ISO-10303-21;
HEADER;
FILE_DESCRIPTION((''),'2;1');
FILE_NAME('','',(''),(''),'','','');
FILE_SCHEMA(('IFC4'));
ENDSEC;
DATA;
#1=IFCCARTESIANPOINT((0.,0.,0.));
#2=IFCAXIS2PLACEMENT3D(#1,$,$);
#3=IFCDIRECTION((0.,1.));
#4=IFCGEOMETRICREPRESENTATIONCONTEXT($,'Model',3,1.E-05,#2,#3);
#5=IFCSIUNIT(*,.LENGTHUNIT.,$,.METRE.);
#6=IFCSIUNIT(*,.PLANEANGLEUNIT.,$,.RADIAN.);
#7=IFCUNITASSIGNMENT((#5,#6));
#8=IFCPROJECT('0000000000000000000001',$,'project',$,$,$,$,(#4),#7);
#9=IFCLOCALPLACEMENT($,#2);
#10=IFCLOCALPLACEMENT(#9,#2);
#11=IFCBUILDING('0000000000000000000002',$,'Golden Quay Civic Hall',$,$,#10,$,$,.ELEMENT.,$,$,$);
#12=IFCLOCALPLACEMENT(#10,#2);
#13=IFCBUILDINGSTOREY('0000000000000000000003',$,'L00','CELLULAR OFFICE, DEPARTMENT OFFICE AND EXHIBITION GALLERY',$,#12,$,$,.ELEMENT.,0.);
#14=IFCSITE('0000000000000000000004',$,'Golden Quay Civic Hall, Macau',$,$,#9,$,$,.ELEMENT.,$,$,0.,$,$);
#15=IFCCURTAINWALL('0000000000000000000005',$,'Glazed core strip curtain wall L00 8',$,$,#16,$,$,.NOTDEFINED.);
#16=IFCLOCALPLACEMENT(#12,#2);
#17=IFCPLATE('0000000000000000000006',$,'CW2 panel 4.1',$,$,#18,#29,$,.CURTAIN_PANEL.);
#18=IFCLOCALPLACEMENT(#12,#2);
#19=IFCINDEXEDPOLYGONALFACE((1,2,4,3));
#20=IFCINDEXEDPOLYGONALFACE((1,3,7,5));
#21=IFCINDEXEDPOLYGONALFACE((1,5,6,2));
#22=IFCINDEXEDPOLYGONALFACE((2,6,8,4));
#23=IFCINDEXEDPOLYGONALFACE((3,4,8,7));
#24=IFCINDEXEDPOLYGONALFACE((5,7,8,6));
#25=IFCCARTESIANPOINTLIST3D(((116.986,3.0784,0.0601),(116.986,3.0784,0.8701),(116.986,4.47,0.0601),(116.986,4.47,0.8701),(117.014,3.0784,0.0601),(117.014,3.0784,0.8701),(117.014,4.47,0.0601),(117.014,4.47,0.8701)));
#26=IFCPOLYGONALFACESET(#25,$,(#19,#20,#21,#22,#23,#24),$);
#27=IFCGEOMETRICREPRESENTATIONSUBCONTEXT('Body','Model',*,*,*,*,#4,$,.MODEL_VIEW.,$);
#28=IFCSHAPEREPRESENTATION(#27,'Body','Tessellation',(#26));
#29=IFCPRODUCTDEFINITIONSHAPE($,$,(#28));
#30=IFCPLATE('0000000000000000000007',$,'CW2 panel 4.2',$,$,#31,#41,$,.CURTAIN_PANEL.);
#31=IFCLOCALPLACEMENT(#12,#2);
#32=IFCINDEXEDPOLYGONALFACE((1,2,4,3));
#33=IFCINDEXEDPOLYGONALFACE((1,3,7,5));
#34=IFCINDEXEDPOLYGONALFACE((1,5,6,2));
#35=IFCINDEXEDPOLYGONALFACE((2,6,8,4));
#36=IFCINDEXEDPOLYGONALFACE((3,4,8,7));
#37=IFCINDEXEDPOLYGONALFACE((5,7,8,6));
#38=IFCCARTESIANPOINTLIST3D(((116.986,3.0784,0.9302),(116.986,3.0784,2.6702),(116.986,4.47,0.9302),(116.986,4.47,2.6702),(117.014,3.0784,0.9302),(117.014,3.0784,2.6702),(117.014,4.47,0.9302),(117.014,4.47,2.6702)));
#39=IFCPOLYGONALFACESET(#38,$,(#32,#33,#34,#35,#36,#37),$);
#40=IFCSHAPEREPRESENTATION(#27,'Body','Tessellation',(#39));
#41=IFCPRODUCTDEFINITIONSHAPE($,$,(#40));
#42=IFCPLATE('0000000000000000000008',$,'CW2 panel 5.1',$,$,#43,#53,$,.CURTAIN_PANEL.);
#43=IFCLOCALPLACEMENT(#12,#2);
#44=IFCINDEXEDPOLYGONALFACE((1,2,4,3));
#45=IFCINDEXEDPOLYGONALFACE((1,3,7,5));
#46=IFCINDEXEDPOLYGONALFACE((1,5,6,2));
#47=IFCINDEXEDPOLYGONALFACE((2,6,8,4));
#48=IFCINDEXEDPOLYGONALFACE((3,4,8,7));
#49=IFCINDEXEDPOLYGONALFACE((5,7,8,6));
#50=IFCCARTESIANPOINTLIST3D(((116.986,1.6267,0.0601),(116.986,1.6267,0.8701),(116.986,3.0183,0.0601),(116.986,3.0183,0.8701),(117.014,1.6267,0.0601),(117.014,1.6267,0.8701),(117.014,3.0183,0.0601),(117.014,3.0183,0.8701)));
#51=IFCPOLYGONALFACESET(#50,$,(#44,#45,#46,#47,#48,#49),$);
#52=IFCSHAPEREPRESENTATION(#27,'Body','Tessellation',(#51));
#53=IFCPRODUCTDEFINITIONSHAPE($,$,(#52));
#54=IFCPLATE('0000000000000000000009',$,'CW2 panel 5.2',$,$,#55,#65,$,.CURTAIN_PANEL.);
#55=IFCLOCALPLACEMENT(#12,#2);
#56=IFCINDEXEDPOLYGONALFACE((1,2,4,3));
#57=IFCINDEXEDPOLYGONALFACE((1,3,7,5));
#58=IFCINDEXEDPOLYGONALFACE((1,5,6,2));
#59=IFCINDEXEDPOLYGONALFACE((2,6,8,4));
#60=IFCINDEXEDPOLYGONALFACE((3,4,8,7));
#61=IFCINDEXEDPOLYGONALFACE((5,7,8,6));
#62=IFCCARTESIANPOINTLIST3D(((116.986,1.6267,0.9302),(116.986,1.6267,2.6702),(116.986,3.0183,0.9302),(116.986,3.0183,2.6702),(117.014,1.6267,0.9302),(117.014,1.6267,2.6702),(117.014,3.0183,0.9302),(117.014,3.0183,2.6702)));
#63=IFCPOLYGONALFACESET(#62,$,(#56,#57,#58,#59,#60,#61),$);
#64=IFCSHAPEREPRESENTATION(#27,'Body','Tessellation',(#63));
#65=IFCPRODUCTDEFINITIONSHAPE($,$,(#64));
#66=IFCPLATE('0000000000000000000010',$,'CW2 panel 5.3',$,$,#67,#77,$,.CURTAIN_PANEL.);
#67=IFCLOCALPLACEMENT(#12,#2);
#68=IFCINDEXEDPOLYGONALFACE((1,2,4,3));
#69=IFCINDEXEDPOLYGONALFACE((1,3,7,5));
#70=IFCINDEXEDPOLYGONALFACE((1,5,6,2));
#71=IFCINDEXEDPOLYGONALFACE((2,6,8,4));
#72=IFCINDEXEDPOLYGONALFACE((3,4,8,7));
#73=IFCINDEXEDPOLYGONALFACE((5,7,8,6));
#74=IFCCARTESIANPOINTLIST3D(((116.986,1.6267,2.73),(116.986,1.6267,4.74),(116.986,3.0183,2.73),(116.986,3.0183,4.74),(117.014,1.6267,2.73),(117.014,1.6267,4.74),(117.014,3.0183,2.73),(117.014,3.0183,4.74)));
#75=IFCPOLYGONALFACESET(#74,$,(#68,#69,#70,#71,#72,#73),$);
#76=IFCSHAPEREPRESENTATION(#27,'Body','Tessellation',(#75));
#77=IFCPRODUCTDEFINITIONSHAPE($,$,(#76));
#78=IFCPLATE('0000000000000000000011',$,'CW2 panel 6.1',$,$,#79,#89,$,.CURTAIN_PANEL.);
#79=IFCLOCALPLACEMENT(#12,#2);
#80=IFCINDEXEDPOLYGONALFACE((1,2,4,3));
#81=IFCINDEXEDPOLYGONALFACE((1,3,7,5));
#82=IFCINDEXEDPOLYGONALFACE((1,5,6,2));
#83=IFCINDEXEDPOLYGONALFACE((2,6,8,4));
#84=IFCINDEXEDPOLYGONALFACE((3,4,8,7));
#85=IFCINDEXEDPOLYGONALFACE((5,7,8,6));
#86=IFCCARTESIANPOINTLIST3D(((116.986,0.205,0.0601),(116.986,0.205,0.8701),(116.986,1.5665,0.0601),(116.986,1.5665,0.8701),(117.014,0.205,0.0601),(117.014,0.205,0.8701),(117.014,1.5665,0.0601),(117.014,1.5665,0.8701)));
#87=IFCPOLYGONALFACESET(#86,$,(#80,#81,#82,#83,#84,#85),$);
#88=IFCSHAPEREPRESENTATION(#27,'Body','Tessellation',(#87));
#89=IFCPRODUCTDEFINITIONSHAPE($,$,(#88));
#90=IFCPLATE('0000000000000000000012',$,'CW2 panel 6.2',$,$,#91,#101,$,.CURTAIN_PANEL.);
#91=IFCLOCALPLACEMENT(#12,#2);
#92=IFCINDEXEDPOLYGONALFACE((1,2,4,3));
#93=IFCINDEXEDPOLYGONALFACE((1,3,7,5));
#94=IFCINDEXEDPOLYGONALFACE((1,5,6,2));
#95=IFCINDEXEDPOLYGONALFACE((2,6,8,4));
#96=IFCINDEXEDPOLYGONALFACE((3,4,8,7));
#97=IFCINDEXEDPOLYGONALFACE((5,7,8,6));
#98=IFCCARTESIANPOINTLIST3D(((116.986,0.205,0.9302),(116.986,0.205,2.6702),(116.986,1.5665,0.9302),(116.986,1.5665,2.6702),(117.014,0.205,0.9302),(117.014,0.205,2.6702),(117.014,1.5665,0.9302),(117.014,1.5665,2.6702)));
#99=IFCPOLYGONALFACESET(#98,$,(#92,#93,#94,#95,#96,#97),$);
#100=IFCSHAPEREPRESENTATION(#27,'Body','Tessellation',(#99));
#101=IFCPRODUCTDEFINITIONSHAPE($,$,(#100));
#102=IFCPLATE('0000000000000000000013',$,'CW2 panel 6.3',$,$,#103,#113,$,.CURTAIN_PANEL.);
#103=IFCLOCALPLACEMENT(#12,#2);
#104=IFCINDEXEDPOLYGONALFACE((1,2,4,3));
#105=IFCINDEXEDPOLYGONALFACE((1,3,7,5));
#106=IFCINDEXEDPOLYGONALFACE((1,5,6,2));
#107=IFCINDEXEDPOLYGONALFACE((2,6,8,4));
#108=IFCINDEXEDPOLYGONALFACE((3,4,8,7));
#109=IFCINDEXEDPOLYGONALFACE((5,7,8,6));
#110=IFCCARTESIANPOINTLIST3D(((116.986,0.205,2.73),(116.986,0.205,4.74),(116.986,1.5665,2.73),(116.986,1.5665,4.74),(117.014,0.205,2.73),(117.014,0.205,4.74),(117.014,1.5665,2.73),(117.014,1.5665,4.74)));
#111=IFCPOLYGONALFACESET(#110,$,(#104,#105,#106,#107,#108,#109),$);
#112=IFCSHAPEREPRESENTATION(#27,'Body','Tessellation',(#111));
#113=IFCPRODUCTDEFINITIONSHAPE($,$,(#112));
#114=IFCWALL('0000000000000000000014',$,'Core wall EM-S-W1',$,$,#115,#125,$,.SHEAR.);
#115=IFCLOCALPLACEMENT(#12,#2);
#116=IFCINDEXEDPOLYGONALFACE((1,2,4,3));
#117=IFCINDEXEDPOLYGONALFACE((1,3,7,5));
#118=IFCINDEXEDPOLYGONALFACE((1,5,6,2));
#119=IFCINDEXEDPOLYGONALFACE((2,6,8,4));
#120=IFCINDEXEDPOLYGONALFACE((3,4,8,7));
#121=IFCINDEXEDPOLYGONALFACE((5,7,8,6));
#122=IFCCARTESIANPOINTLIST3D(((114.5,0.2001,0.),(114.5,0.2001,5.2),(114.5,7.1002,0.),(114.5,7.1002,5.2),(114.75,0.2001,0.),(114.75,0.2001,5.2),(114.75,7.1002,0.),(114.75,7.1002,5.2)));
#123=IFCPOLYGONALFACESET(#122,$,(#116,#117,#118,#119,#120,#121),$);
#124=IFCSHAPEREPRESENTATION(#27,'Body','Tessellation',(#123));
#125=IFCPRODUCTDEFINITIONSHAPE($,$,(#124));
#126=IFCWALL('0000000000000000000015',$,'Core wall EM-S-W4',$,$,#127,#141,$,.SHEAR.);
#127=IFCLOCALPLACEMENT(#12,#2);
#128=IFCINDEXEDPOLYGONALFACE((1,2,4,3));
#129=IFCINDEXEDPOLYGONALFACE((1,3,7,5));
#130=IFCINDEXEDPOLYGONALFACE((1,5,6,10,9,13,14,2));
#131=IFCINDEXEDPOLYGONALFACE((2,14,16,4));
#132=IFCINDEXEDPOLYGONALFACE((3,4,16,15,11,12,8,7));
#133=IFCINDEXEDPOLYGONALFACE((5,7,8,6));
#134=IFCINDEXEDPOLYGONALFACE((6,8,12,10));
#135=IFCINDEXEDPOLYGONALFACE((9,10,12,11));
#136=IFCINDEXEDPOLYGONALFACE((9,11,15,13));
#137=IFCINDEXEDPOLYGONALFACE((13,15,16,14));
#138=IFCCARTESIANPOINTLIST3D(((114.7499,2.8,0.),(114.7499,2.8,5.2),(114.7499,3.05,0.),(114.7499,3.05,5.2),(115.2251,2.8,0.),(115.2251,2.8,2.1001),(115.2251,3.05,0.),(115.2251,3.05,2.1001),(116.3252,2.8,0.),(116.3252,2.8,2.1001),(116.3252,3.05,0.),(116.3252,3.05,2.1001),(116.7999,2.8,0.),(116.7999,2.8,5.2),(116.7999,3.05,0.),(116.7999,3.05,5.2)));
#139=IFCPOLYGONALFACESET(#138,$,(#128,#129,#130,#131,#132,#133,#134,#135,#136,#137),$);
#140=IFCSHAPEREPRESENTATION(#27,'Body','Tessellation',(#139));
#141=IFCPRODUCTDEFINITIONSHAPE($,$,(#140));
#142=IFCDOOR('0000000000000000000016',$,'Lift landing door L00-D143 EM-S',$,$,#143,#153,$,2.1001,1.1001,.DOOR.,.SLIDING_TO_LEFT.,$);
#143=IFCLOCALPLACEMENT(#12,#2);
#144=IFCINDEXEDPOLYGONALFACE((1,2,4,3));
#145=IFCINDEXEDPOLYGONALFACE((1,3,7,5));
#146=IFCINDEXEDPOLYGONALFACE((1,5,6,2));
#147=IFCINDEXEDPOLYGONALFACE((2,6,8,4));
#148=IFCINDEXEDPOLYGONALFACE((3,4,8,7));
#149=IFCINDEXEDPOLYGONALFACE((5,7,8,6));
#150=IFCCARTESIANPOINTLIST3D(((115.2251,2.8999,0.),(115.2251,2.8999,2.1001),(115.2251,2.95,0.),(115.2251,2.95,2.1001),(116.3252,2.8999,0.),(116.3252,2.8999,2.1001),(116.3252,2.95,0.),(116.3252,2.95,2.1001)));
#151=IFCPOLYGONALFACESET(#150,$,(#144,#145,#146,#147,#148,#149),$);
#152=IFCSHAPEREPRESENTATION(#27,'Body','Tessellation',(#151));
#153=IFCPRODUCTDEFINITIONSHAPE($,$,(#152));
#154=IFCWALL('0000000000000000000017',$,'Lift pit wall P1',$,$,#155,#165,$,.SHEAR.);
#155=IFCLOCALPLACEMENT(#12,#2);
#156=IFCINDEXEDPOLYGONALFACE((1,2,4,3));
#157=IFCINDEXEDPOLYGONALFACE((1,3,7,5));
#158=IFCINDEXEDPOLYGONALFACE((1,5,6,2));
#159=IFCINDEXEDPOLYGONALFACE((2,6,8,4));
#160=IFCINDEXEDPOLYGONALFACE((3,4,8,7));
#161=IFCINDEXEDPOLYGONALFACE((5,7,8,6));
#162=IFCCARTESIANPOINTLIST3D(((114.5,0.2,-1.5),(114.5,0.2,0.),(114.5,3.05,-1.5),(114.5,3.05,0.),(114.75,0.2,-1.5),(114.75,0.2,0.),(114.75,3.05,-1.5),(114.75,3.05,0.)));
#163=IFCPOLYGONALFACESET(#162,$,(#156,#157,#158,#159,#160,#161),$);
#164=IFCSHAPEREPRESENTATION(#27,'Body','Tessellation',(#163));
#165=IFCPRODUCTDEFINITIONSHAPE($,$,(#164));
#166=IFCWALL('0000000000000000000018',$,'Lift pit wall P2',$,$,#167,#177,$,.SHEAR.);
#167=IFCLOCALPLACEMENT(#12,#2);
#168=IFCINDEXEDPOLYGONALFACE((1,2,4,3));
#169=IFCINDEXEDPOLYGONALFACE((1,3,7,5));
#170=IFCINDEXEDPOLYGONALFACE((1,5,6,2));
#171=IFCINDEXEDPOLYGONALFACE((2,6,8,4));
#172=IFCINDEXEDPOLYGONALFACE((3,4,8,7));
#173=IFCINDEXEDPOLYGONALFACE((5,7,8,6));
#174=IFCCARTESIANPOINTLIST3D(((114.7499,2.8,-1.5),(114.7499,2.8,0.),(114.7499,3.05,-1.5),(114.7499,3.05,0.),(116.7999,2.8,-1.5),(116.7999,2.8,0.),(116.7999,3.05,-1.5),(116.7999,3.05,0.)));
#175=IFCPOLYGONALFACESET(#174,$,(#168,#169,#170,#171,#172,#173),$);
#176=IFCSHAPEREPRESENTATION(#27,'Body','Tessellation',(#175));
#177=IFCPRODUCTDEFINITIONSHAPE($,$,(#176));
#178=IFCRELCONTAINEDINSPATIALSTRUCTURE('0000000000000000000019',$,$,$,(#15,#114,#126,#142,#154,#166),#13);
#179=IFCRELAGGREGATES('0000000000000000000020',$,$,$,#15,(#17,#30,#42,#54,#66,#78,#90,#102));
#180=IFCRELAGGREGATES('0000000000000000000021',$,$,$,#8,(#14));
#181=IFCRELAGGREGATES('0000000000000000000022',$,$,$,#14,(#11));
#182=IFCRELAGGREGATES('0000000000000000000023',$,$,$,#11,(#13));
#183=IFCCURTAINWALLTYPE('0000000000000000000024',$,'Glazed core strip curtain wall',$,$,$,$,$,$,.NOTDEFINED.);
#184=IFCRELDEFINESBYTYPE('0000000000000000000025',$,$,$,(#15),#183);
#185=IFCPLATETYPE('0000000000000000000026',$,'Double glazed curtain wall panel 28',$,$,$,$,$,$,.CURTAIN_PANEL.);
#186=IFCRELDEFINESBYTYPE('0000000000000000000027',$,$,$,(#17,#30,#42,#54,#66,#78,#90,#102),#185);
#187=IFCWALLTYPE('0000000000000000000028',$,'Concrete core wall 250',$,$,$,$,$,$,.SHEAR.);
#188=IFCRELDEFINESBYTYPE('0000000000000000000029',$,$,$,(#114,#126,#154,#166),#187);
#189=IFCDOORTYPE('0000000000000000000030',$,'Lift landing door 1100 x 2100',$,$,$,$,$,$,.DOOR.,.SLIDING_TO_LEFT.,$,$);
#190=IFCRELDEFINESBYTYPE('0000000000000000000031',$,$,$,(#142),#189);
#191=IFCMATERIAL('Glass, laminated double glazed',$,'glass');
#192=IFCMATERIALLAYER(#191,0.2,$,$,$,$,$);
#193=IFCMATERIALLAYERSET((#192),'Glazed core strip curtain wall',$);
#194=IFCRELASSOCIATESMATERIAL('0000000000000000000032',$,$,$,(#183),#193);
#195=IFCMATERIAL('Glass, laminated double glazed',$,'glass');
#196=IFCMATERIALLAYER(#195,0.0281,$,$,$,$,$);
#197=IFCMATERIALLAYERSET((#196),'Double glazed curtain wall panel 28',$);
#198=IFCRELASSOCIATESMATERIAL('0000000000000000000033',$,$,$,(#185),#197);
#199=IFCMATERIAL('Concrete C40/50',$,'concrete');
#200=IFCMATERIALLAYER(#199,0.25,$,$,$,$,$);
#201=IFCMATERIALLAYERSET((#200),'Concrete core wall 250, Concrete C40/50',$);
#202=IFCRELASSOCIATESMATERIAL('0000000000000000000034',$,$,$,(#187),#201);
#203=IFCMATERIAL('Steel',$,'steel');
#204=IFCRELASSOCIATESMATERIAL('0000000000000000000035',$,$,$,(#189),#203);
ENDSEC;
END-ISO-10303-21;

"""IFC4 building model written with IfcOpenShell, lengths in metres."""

from ifc_helpers import new_model, si_unit, direction, frame, frame_2d, origin, origin_2d, place, context, subcontext, project, spatial, rectangle, extrude, material, layer, layer_set, type_object, element, fill, aggregate, save


model = new_model("IFC4")

# Units and contexts
model_context = context("Model", 3, precision=1e-05, world=origin(), true_north=direction((0.0, 1.0)))
body_context = subcontext(model_context, "Body", "Model", "MODEL_VIEW")
ifc_project = project(units=[si_unit("LENGTHUNIT", "METRE"), si_unit("PLANEANGLEUNIT", "RADIAN")], contexts=[model_context])

# Site, building, storey
site_placement = place(None, origin())
site = spatial("IfcSite", under=ifc_project, at=site_placement, Name="Golden Quay Civic Hall, Macau", CompositionType="ELEMENT", RefElevation=0.0)
building_placement = place(site_placement, origin())
building = spatial("IfcBuilding", under=site, at=building_placement, Name="Golden Quay Civic Hall", CompositionType="ELEMENT")
storey_placement = place(building_placement, origin())
storey = spatial("IfcBuildingStorey", under=building, at=storey_placement, Name="L00", Description="CELLULAR OFFICE, DEPARTMENT OFFICE AND EXHIBITION GALLERY", CompositionType="ELEMENT", Elevation=0.0)

# Curtain wall
ifc_material_1 = material(Name="Glass, laminated double glazed", Category="glass")
ifc_layer_1 = layer(ifc_material_1, 0.2)
ifc_layer_set_1 = layer_set([ifc_layer_1], Name="Glazed core strip curtain wall")
curtain_wall_type = type_object("IfcCurtainWallType", Name="Glazed core strip curtain wall", PredefinedType="NOTDEFINED", material=ifc_layer_set_1)
curtain_wall_placement = place(storey_placement, origin())
curtain_wall = element("IfcCurtainWall", 1, at=curtain_wall_placement, inside=storey, type_object=curtain_wall_type, Name="Glazed core strip curtain wall L00 8", PredefinedType="NOTDEFINED")

# Plates
ifc_material_2 = material(Name="Glass, laminated double glazed", Category="glass")
ifc_layer_2 = layer(ifc_material_2, 0.0281)
ifc_layer_set_2 = layer_set([ifc_layer_2], Name="Double glazed curtain wall panel 28")
plate_type = type_object("IfcPlateType", Name="Double glazed curtain wall panel 28", PredefinedType="CURTAIN_PANEL", material=ifc_layer_set_2)
plate_1_placement = place(storey_placement, frame((117.0, 3.7742, 0.0601), z_axis=(0.0, 0.0, 1.0), x_axis=(0.0, -1.0, 0.0)))
plate_1 = element("IfcPlate", 2, at=plate_1_placement, type_object=plate_type, Name="CW2 panel 4.1", PredefinedType="CURTAIN_PANEL", context=body_context, shape_type="SweptSolid", body=[
    extrude(rectangle(XDim=1.3916, YDim=0.0281, at=origin_2d()), origin(), (0.0, 0.0, 1.0), 0.8101),
])
plate_2_placement = place(storey_placement, frame((117.0, 3.7742, 0.9302), z_axis=(0.0, 0.0, 1.0), x_axis=(0.0, -1.0, 0.0)))
plate_2 = element("IfcPlate", 3, at=plate_2_placement, type_object=plate_type, Name="CW2 panel 4.2", PredefinedType="CURTAIN_PANEL", context=body_context, shape_type="SweptSolid", body=[
    extrude(rectangle(XDim=1.3916, YDim=0.0281, at=origin_2d()), origin(), (0.0, 0.0, 1.0), 1.74),
])
plate_3_placement = place(storey_placement, frame((117.0, 2.3225, 0.0601), z_axis=(0.0, 0.0, 1.0), x_axis=(0.0, -1.0, 0.0)))
plate_3 = element("IfcPlate", 4, at=plate_3_placement, type_object=plate_type, Name="CW2 panel 5.1", PredefinedType="CURTAIN_PANEL", context=body_context, shape_type="SweptSolid", body=[
    extrude(rectangle(XDim=1.3916, YDim=0.0281, at=origin_2d()), origin(), (0.0, 0.0, 1.0), 0.8101),
])
plate_4_placement = place(storey_placement, frame((117.0, 2.3225, 0.9302), z_axis=(0.0, 0.0, 1.0), x_axis=(0.0, -1.0, 0.0)))
plate_4 = element("IfcPlate", 5, at=plate_4_placement, type_object=plate_type, Name="CW2 panel 5.2", PredefinedType="CURTAIN_PANEL", context=body_context, shape_type="SweptSolid", body=[
    extrude(rectangle(XDim=1.3916, YDim=0.0281, at=origin_2d()), origin(), (0.0, 0.0, 1.0), 1.74),
])
plate_5_placement = place(storey_placement, frame((117.0, 2.3225, 2.73), z_axis=(0.0, 0.0, 1.0), x_axis=(0.0, -1.0, 0.0)))
plate_5 = element("IfcPlate", 6, at=plate_5_placement, type_object=plate_type, Name="CW2 panel 5.3", PredefinedType="CURTAIN_PANEL", context=body_context, shape_type="SweptSolid", body=[
    extrude(rectangle(XDim=1.3916, YDim=0.0281, at=origin_2d()), origin(), (0.0, 0.0, 1.0), 2.01),
])
plate_6_placement = place(storey_placement, frame((117.0, 0.8857, 0.0601), z_axis=(0.0, 0.0, 1.0), x_axis=(0.0, -1.0, 0.0)))
plate_6 = element("IfcPlate", 7, at=plate_6_placement, type_object=plate_type, Name="CW2 panel 6.1", PredefinedType="CURTAIN_PANEL", context=body_context, shape_type="SweptSolid", body=[
    extrude(rectangle(XDim=1.3616, YDim=0.0281, at=origin_2d()), origin(), (0.0, 0.0, 1.0), 0.8101),
])
plate_7_placement = place(storey_placement, frame((117.0, 0.8857, 0.9302), z_axis=(0.0, 0.0, 1.0), x_axis=(0.0, -1.0, 0.0)))
plate_7 = element("IfcPlate", 8, at=plate_7_placement, type_object=plate_type, Name="CW2 panel 6.2", PredefinedType="CURTAIN_PANEL", context=body_context, shape_type="SweptSolid", body=[
    extrude(rectangle(XDim=1.3616, YDim=0.0281, at=origin_2d()), origin(), (0.0, 0.0, 1.0), 1.74),
])
plate_8_placement = place(storey_placement, frame((117.0, 0.8857, 2.73), z_axis=(0.0, 0.0, 1.0), x_axis=(0.0, -1.0, 0.0)))
plate_8 = element("IfcPlate", 9, at=plate_8_placement, type_object=plate_type, Name="CW2 panel 6.3", PredefinedType="CURTAIN_PANEL", context=body_context, shape_type="SweptSolid", body=[
    extrude(rectangle(XDim=1.3616, YDim=0.0281, at=origin_2d()), origin(), (0.0, 0.0, 1.0), 2.01),
])
aggregate(curtain_wall, [plate_1, plate_2, plate_3, plate_4, plate_5, plate_6, plate_7, plate_8])

# Wall
ifc_material_3 = material(Name="Concrete C40/50", Category="concrete")
ifc_layer_3 = layer(ifc_material_3, 0.25)
ifc_layer_set_3 = layer_set([ifc_layer_3], Name="Concrete core wall 250, Concrete C40/50")
wall_type_1 = type_object("IfcWallType", Name="Concrete core wall 250", PredefinedType="SHEAR", material=ifc_layer_set_3)
wall_1_placement = place(storey_placement, frame((114.625, 0.2, 0.0), z_axis=(0.0, 0.0, 1.0), x_axis=(0.0, 1.0, 0.0)))
element("IfcWall", 10, at=wall_1_placement, inside=storey, type_object=wall_type_1, Name="Core wall EM-S-W1", PredefinedType="SHEAR", context=body_context, shape_type="SweptSolid", body=[
    extrude(rectangle(XDim=6.9001, YDim=0.25, at=frame_2d((3.4502, 0.0))), origin(), (0.0, 0.0, 1.0), 5.2),
])

# Wall, opening, door
wall_2_placement = place(storey_placement, frame((114.75, 2.925, 0.0), z_axis=(0.0, 0.0, 1.0), x_axis=(1.0, 0.0, 0.0)))
wall_2 = element("IfcWall", 11, at=wall_2_placement, inside=storey, type_object=wall_type_1, Name="Core wall EM-S-W4", PredefinedType="SHEAR", context=body_context, shape_type="SweptSolid", body=[
    extrude(rectangle(XDim=2.05, YDim=0.25, at=frame_2d((1.0249, 0.0))), origin(), (0.0, 0.0, 1.0), 5.2),
])
opening_1_placement = place(wall_2_placement, frame((0.4751, 0.0, 0.0)))
opening_1 = element("IfcOpeningElement", 12, at=opening_1_placement, cuts=wall_2, PredefinedType="OPENING", context=body_context, shape_type="SweptSolid", body=[
    extrude(rectangle(XDim=1.1001, YDim=2.1001, at=frame_2d((0.55, 1.05))), frame((0.0, 0.135, 0.0), z_axis=(0.0, -1.0, 0.0), x_axis=(1.0, 0.0, 0.0)), (0.0, 0.0, 1.0), 0.27),
])
ifc_material_4 = material(Name="Steel", Category="steel")
door_type_1 = type_object("IfcDoorType", Name="Lift landing door 1100 x 2100", OperationType="SLIDING_TO_LEFT", PredefinedType="DOOR", material=ifc_material_4)
door_1_placement = place(opening_1_placement, origin())
door_1 = element("IfcDoor", 13, at=door_1_placement, inside=storey, type_object=door_type_1, Name="Lift landing door L00-D143 EM-S", OperationType="SLIDING_TO_LEFT", OverallHeight=2.1001, OverallWidth=1.1001, PredefinedType="DOOR", context=body_context, shape_type="SweptSolid", body=[
    extrude(rectangle(XDim=1.1001, YDim=2.1001, at=frame_2d((0.55, 1.05))), frame((0.0, 0.0249, 0.0), z_axis=(0.0, -1.0, 0.0), x_axis=(1.0, 0.0, 0.0)), (0.0, 0.0, 1.0), 0.05),
])
fill(opening_1, door_1)

# Walls
wall_3_placement = place(storey_placement, frame((114.625, 0.2, -1.5), z_axis=(0.0, 0.0, 1.0), x_axis=(0.0, 1.0, 0.0)))
element("IfcWall", 14, at=wall_3_placement, inside=storey, type_object=wall_type_1, Name="Lift pit wall P1", PredefinedType="SHEAR", context=body_context, shape_type="SweptSolid", body=[
    extrude(rectangle(XDim=2.8501, YDim=0.25, at=frame_2d((1.425, 0.0))), origin(), (0.0, 0.0, 1.0), 1.5),
])
wall_4_placement = place(storey_placement, frame((114.75, 2.925, -1.5), z_axis=(0.0, 0.0, 1.0), x_axis=(1.0, 0.0, 0.0)))
element("IfcWall", 15, at=wall_4_placement, inside=storey, type_object=wall_type_1, Name="Lift pit wall P2", PredefinedType="SHEAR", context=body_context, shape_type="SweptSolid", body=[
    extrude(rectangle(XDim=2.05, YDim=0.25, at=frame_2d((1.0249, 0.0))), origin(), (0.0, 0.0, 1.0), 1.5),
])

save(model, "model.ifc")
